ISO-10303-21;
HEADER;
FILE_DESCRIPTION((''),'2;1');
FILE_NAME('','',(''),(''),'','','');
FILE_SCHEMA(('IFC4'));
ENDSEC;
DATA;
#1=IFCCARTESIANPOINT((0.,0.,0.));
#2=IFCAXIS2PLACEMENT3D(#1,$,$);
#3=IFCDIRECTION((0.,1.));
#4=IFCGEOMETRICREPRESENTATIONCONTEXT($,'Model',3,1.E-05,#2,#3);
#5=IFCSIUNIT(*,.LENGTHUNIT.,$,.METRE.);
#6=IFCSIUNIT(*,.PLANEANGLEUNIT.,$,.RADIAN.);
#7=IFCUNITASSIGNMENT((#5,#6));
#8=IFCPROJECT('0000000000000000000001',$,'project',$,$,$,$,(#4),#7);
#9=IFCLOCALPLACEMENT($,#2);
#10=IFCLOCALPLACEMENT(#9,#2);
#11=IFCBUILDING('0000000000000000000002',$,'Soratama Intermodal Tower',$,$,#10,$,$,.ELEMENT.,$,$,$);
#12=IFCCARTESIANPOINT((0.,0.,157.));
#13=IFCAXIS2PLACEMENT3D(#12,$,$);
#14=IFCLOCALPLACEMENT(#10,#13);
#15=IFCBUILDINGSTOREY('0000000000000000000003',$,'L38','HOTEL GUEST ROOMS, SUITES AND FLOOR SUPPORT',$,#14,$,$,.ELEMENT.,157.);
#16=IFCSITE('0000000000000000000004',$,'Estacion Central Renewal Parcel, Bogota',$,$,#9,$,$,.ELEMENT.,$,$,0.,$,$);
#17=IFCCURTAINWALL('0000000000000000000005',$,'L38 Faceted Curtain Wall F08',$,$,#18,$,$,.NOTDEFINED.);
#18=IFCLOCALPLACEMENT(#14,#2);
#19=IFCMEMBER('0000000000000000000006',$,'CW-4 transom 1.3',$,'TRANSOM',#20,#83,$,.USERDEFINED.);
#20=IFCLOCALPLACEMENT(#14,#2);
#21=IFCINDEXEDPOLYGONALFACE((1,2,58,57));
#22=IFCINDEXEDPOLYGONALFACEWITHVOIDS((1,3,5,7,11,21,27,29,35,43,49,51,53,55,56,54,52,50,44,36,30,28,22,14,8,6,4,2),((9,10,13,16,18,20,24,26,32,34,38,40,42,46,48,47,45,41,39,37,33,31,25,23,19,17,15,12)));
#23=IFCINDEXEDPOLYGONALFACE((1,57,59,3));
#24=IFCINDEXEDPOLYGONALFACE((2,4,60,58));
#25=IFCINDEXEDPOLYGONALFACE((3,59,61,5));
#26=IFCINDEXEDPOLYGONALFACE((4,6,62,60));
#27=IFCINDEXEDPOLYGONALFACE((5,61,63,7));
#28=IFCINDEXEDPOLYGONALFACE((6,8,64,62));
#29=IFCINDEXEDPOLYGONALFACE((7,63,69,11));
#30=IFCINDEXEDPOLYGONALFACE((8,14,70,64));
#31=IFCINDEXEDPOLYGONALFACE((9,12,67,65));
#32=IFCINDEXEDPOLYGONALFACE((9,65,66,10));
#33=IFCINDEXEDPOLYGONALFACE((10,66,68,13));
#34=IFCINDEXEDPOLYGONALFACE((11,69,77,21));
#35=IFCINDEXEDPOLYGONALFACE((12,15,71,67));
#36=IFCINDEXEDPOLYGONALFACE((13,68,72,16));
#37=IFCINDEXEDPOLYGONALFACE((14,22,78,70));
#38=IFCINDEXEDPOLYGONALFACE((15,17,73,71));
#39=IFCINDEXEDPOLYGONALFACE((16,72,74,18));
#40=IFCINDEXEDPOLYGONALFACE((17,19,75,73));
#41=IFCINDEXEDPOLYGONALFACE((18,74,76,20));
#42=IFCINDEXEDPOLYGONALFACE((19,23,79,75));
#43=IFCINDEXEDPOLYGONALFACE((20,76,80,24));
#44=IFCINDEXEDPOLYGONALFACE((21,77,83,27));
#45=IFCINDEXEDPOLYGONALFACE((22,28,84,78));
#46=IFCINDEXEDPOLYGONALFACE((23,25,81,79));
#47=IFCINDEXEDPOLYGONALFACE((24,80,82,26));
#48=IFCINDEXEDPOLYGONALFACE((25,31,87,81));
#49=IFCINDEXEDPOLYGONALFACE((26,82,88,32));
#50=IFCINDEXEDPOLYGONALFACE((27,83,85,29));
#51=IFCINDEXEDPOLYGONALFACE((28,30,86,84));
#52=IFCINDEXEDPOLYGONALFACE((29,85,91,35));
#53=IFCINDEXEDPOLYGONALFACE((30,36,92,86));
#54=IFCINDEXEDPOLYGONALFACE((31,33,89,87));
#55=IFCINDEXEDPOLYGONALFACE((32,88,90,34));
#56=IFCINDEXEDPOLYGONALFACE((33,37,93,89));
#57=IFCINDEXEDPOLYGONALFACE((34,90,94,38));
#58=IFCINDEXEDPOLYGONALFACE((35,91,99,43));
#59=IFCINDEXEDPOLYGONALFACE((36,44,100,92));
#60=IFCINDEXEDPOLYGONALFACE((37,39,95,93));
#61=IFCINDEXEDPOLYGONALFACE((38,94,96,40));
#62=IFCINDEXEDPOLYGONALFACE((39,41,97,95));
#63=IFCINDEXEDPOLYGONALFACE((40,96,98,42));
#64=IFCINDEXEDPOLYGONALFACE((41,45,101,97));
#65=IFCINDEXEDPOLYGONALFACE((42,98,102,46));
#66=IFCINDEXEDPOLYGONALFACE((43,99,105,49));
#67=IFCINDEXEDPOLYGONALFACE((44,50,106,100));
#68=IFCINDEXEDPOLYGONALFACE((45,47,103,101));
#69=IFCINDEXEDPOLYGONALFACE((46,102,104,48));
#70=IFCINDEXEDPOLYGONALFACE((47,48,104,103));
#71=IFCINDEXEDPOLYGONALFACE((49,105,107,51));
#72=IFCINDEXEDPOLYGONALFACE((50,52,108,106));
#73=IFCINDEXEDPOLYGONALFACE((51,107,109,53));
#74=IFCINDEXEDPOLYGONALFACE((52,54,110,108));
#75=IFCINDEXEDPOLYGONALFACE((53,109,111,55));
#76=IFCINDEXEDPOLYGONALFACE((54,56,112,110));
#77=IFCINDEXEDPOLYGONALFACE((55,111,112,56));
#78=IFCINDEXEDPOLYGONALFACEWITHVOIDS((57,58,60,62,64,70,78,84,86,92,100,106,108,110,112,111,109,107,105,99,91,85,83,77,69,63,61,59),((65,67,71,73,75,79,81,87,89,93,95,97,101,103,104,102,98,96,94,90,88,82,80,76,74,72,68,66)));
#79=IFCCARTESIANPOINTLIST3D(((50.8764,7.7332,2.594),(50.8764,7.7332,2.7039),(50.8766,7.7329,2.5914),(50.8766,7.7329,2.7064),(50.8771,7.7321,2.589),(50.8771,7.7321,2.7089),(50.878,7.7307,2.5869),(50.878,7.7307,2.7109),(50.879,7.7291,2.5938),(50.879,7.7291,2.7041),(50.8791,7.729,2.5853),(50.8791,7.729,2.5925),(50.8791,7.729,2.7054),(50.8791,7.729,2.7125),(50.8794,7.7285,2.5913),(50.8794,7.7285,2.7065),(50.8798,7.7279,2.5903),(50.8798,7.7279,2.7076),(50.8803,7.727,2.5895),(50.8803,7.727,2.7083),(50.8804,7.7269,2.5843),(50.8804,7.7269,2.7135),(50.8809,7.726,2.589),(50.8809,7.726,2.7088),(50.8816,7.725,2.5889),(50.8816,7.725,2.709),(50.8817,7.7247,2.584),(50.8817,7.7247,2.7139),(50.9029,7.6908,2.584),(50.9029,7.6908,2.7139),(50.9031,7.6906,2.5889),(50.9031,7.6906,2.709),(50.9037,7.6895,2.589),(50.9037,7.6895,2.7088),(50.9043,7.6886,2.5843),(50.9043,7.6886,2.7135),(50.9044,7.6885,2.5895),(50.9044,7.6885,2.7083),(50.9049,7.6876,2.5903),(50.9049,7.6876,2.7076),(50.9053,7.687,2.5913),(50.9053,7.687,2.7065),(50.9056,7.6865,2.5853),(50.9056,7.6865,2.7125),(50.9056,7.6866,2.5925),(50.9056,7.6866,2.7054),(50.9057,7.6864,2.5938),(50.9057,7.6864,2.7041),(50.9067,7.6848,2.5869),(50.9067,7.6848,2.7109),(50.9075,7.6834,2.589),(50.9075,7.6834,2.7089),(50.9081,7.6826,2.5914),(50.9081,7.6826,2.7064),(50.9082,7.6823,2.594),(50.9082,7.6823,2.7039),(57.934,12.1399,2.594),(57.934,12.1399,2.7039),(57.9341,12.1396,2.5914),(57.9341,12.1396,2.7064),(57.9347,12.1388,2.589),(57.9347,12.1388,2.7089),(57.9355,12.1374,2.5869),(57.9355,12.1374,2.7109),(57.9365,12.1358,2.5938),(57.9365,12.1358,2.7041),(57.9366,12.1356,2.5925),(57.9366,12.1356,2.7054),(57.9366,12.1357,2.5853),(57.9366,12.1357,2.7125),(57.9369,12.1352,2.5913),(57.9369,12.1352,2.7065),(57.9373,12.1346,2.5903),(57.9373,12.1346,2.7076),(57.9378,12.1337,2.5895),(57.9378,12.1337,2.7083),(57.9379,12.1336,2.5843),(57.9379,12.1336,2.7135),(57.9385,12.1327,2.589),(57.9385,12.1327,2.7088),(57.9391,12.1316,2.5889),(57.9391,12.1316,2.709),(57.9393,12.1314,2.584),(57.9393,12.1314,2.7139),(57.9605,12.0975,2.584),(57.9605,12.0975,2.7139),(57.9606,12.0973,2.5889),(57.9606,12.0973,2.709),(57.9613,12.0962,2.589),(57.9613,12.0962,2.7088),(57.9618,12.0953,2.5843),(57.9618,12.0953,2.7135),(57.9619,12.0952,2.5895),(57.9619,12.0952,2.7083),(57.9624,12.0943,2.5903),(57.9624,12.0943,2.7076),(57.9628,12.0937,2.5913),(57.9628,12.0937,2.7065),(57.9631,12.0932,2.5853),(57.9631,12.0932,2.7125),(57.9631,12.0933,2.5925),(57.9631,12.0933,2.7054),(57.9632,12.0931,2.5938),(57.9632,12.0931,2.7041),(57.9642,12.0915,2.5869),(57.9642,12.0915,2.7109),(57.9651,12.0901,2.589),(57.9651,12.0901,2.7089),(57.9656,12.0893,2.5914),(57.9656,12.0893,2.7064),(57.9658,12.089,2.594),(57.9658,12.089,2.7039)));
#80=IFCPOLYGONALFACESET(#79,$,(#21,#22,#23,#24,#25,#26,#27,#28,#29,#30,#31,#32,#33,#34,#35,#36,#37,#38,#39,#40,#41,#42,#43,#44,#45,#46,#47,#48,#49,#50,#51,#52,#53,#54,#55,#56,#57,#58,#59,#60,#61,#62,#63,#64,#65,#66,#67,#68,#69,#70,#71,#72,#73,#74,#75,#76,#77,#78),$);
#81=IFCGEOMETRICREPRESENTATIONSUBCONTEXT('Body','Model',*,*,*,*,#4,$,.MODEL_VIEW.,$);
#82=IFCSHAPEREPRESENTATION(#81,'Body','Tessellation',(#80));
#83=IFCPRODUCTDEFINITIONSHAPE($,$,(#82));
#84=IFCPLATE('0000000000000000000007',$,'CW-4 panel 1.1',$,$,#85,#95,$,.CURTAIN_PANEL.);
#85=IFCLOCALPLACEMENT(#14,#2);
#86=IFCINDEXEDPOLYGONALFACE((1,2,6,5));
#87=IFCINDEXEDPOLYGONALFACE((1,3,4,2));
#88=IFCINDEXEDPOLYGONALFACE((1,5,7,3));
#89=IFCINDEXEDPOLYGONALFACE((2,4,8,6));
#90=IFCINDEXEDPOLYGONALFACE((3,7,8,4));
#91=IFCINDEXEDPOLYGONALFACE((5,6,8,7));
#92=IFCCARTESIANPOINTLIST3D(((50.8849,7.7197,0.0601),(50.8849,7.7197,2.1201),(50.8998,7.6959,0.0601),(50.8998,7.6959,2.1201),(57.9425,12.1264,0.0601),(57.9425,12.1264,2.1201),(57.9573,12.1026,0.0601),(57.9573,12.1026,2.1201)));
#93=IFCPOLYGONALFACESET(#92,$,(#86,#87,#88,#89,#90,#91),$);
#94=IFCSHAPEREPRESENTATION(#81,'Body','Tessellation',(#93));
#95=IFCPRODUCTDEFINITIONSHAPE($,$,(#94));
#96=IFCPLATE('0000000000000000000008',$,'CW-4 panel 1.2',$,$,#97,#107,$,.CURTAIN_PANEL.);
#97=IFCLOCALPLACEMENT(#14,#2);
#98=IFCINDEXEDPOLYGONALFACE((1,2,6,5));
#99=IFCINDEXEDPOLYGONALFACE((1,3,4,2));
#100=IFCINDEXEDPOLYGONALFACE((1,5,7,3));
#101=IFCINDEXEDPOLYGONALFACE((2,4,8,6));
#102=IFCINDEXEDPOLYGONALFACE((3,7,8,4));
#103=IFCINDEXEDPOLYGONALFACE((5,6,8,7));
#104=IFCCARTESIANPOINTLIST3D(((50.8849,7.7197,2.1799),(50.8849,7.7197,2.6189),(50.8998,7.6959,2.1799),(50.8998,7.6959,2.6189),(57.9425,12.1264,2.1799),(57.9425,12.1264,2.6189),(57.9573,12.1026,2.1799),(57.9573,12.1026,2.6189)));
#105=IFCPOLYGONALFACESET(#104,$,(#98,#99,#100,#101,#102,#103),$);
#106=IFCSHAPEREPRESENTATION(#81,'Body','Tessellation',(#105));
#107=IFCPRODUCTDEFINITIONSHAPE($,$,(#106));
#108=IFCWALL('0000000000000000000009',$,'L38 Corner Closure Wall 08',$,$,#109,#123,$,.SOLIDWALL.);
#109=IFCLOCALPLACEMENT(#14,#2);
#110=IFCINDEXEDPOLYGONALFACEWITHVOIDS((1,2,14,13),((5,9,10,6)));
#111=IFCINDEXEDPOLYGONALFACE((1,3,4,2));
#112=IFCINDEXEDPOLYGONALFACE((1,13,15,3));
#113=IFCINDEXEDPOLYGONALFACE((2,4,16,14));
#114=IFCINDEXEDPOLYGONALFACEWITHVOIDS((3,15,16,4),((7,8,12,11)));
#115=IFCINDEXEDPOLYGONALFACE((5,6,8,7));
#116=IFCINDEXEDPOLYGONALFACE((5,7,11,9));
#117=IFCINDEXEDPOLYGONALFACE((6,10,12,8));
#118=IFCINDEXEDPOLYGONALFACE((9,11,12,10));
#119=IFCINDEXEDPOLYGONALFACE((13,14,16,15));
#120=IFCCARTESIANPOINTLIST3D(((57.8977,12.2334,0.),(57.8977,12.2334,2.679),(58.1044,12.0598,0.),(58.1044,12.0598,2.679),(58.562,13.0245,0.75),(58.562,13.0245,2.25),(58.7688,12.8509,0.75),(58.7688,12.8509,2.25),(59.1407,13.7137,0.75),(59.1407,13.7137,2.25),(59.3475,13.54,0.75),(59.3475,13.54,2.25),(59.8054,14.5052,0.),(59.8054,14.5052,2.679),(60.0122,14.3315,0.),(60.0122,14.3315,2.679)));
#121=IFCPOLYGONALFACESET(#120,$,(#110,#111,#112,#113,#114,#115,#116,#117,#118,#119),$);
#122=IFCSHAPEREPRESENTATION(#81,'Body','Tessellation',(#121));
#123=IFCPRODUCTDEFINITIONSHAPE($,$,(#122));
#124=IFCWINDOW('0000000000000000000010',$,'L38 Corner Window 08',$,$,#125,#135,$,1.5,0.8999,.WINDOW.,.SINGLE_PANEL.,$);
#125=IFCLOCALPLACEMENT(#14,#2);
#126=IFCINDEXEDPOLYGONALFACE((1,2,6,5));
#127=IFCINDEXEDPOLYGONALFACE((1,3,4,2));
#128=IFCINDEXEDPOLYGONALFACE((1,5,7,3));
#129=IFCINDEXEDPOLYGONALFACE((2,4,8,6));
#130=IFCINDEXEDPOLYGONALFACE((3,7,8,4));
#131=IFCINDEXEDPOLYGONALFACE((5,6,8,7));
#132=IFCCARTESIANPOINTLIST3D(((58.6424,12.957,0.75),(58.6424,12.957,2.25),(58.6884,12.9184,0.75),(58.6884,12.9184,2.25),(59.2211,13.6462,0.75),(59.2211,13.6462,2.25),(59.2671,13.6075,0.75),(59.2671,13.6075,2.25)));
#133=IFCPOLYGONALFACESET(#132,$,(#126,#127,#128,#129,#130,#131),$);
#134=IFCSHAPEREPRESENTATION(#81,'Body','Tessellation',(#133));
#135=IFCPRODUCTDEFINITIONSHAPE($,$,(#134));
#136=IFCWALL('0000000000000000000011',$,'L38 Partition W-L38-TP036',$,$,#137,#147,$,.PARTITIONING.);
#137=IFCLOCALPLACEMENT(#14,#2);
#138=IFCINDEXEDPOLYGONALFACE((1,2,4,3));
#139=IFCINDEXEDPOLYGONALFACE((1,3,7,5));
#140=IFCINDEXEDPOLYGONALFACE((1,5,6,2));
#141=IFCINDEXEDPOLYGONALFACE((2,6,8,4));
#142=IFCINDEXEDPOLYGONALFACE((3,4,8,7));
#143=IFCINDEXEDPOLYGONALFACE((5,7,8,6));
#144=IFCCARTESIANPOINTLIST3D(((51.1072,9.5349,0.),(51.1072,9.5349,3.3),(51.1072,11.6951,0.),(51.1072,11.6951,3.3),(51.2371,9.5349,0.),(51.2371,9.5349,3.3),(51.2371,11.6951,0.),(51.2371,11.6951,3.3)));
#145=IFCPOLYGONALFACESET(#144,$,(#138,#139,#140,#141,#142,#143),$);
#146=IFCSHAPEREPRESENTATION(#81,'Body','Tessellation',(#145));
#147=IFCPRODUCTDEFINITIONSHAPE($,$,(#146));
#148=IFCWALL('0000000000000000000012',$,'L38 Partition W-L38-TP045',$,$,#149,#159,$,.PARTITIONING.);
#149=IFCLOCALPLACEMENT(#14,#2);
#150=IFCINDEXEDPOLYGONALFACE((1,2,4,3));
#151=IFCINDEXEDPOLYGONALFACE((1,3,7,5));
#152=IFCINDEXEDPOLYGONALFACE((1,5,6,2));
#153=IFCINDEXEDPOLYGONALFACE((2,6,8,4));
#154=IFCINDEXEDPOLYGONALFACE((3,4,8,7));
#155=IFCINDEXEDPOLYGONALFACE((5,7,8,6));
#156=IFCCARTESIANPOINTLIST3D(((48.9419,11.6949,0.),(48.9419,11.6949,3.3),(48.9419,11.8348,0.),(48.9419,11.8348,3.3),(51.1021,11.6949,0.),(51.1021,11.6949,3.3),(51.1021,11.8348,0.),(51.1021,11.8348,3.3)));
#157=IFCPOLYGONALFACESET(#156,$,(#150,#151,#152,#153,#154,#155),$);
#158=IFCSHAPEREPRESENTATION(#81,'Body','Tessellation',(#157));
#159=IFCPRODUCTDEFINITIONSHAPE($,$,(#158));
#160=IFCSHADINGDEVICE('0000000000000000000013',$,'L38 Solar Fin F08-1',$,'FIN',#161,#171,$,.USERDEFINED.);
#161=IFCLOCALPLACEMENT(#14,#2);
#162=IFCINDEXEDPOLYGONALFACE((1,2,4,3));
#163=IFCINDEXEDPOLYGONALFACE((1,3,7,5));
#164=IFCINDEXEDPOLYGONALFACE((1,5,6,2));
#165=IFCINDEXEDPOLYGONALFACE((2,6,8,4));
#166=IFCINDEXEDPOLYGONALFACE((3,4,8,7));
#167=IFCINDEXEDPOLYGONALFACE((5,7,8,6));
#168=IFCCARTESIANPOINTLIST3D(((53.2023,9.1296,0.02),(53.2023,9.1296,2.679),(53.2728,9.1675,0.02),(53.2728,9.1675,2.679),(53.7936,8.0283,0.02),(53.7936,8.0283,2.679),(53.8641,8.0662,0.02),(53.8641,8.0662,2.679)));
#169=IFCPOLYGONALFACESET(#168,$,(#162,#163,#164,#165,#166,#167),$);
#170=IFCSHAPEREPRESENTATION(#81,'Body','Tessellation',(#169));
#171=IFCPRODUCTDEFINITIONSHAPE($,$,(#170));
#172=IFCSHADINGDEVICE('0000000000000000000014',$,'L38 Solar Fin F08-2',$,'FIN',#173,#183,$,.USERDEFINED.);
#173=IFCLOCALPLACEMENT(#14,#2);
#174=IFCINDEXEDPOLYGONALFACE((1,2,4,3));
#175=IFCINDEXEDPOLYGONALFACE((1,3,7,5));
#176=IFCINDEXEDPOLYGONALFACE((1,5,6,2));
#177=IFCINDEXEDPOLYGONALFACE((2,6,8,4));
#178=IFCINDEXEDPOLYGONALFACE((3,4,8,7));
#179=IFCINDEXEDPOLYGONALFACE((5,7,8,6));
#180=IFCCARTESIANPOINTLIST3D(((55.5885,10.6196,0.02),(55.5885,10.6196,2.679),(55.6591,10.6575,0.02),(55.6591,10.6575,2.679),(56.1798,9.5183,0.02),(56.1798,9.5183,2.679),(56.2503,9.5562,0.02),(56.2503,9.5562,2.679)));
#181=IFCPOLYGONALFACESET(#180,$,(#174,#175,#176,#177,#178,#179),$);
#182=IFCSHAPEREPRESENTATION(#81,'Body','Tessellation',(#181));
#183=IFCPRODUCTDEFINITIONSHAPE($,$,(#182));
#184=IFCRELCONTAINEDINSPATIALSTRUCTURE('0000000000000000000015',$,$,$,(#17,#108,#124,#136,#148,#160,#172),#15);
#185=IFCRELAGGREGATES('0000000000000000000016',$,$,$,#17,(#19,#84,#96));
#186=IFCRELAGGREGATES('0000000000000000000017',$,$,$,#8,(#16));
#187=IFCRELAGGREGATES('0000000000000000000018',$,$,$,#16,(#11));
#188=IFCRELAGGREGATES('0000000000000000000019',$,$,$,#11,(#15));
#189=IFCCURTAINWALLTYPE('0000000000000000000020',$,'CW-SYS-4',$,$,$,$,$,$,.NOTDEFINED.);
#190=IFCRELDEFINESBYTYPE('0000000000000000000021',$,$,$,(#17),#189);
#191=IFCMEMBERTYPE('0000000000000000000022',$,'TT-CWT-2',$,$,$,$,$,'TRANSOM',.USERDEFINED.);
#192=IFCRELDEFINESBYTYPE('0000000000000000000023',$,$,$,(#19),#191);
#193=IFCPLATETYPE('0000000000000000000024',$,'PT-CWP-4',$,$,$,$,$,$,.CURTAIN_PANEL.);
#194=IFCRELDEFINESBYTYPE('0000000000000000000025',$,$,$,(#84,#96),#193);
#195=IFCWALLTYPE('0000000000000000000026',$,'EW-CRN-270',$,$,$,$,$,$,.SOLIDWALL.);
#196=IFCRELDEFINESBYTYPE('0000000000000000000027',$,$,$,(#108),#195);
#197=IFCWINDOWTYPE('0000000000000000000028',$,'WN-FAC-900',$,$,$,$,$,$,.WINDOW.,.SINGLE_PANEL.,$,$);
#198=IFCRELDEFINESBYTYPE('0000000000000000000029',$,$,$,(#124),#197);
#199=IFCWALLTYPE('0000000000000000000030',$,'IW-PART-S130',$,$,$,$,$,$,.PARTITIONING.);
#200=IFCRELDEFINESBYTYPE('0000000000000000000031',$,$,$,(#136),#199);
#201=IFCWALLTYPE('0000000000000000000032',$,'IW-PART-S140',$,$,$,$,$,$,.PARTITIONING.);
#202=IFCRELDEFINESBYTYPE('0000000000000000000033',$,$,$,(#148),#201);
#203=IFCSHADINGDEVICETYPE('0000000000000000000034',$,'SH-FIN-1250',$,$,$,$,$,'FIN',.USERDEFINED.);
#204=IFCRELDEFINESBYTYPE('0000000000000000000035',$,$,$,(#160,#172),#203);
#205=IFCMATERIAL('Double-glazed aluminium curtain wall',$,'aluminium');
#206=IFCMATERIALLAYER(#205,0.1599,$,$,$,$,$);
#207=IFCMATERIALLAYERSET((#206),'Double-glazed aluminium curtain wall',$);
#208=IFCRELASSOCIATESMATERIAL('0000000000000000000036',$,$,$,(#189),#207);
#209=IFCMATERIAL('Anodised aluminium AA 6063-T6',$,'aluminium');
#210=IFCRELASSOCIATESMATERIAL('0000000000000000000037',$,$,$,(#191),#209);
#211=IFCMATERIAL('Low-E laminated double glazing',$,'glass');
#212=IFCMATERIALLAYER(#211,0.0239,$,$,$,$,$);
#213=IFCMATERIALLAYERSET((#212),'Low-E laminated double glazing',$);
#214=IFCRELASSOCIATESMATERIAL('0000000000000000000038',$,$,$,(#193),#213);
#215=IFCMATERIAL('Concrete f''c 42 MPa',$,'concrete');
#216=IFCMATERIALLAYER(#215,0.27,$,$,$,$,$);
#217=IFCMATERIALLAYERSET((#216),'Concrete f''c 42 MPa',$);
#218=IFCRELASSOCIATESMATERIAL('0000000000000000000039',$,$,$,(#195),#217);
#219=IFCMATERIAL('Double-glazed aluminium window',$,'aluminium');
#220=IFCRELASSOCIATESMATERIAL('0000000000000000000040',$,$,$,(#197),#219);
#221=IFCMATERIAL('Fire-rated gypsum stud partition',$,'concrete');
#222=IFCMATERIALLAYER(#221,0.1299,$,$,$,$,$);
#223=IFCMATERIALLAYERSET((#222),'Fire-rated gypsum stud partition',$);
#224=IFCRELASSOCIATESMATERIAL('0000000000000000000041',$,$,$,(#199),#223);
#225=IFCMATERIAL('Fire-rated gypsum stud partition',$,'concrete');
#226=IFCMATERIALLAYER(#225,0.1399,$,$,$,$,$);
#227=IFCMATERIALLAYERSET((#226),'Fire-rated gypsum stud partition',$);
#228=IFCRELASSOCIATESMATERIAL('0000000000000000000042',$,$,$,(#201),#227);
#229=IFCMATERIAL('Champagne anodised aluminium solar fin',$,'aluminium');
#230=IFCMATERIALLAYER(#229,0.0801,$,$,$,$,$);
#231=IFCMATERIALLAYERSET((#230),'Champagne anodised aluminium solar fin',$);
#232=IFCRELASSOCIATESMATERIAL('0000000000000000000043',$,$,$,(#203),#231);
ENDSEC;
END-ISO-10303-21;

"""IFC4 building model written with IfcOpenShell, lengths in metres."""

from ifc_helpers import new_model, si_unit, direction, frame, frame_2d, origin, origin_2d, place, context, subcontext, project, spatial, rectangle, hollow_rectangle, extrude, material, layer, layer_set, material_profile, profile_set, type_object, element, fill, aggregate, save


model = new_model("IFC4")

# Units and contexts
model_context = context("Model", 3, precision=1e-05, world=origin(), true_north=direction((0.0, 1.0)))
body_context = subcontext(model_context, "Body", "Model", "MODEL_VIEW")
ifc_project = project(units=[si_unit("LENGTHUNIT", "METRE"), si_unit("PLANEANGLEUNIT", "RADIAN")], contexts=[model_context])

# Site, building, storey
site_placement = place(None, origin())
site = spatial("IfcSite", under=ifc_project, at=site_placement, Name="Estacion Central Renewal Parcel, Bogota", CompositionType="ELEMENT", RefElevation=0.0)
building_placement = place(site_placement, origin())
building = spatial("IfcBuilding", under=site, at=building_placement, Name="Soratama Intermodal Tower", CompositionType="ELEMENT")
storey_placement = place(building_placement, frame((0.0, 0.0, 157.0)))
storey = spatial("IfcBuildingStorey", under=building, at=storey_placement, Name="L38", Description="HOTEL GUEST ROOMS, SUITES AND FLOOR SUPPORT", CompositionType="ELEMENT", Elevation=157.0)

# Curtain wall, member, plates
ifc_material_1 = material(Name="Double-glazed aluminium curtain wall", Category="aluminium")
ifc_layer_1 = layer(ifc_material_1, 0.1599)
ifc_layer_set_1 = layer_set([ifc_layer_1], Name="Double-glazed aluminium curtain wall")
curtain_wall_type = type_object("IfcCurtainWallType", Name="CW-SYS-4", PredefinedType="NOTDEFINED", material=ifc_layer_set_1)
curtain_wall_placement = place(storey_placement, origin())
curtain_wall = element("IfcCurtainWall", 1, at=curtain_wall_placement, inside=storey, type_object=curtain_wall_type, Name="L38 Faceted Curtain Wall F08", PredefinedType="NOTDEFINED")
ifc_material_2 = material(Name="Anodised aluminium AA 6063-T6", Category="aluminium")
ifc_material_profile_1 = material_profile(ifc_material_2, hollow_rectangle(XDim=0.0601, YDim=0.1299, WallThickness=0.0049, InnerFilletRadius=0.0049, OuterFilletRadius=0.01, at=origin_2d()), Name="CWT130X60X5")
ifc_profile_set_1 = profile_set([ifc_material_profile_1], Name="Anodised aluminium AA 6063-T6")
member_type_1 = type_object("IfcMemberType", Name="TT-CWT-2", ElementType="TRANSOM", PredefinedType="USERDEFINED", material=ifc_profile_set_1)
member_1_placement = place(storey_placement, frame((50.8923, 7.7078, 2.6489), z_axis=(0.848229, 0.52963, 0.0), x_axis=(-0.52963, 0.848229, 0.0)))
member_1 = element("IfcMember", 2, at=member_1_placement, type_object=member_type_1, Name="CW-4 transom 1.3", ObjectType="TRANSOM", PredefinedType="USERDEFINED", context=body_context, shape_type="SweptSolid", body=[
    extrude(hollow_rectangle(XDim=0.0601, YDim=0.1299, WallThickness=0.0049, InnerFilletRadius=0.0049, OuterFilletRadius=0.01, at=origin_2d()), origin(), (0.0, 0.0, 1.0), 8.3203),
])
ifc_material_3 = material(Name="Low-E laminated double glazing", Category="glass")
ifc_layer_2 = layer(ifc_material_3, 0.0239)
ifc_layer_set_2 = layer_set([ifc_layer_2], Name="Low-E laminated double glazing")
plate_type = type_object("IfcPlateType", Name="PT-CWP-4", PredefinedType="CURTAIN_PANEL", material=ifc_layer_set_2)
plate_1_placement = place(storey_placement, frame((54.4211, 9.9111, 0.0601), z_axis=(0.0, 0.0, 1.0), x_axis=(0.848229, 0.52963, 0.0)))
plate_1 = element("IfcPlate", 3, at=plate_1_placement, type_object=plate_type, Name="CW-4 panel 1.1", PredefinedType="CURTAIN_PANEL", context=body_context, shape_type="SweptSolid", body=[
    extrude(rectangle(XDim=8.3203, YDim=0.0281, at=origin_2d()), origin(), (0.0, 0.0, 1.0), 2.0601),
])
plate_2_placement = place(storey_placement, frame((54.4211, 9.9111, 2.1799), z_axis=(0.0, 0.0, 1.0), x_axis=(0.848229, 0.52963, 0.0)))
plate_2 = element("IfcPlate", 4, at=plate_2_placement, type_object=plate_type, Name="CW-4 panel 1.2", PredefinedType="CURTAIN_PANEL", context=body_context, shape_type="SweptSolid", body=[
    extrude(rectangle(XDim=8.3203, YDim=0.0281, at=origin_2d()), origin(), (0.0, 0.0, 1.0), 0.439),
])
aggregate(curtain_wall, [member_1, plate_1, plate_2])

# Wall, opening, window
ifc_material_4 = material(Name="Concrete f'c 42 MPa", Category="concrete")
ifc_layer_3 = layer(ifc_material_4, 0.27)
ifc_layer_set_3 = layer_set([ifc_layer_3], Name="Concrete f'c 42 MPa")
wall_type_1 = type_object("IfcWallType", Name="EW-CRN-270", PredefinedType="SOLIDWALL", material=ifc_layer_set_3)
wall_1_placement = place(storey_placement, frame((58.001, 12.1465, 0.0), z_axis=(0.0, 0.0, 1.0), x_axis=(0.643086, 0.765794, 0.0)))
wall_1 = element("IfcWall", 5, at=wall_1_placement, inside=storey, type_object=wall_type_1, Name="L38 Corner Closure Wall 08", PredefinedType="SOLIDWALL", context=body_context, shape_type="SweptSolid", body=[
    extrude(rectangle(XDim=2.9666, YDim=0.27, at=frame_2d((1.4834, 0.0))), origin(), (0.0, 0.0, 1.0), 2.679),
])
opening_placement = place(wall_1_placement, frame((1.0332, 0.0, 0.75)))
opening = element("IfcOpeningElement", 6, at=opening_placement, cuts=wall_1, PredefinedType="OPENING", context=body_context, shape_type="SweptSolid", body=[
    extrude(rectangle(XDim=0.8999, YDim=1.5, at=frame_2d((0.45, 0.75))), frame((0.0, 0.145, 0.0), z_axis=(0.0, -1.0, 0.0), x_axis=(1.0, 0.0, 0.0)), (0.0, 0.0, 1.0), 0.29),
])
ifc_material_5 = material(Name="Double-glazed aluminium window", Category="aluminium")
window_type = type_object("IfcWindowType", Name="WN-FAC-900", PartitioningType="SINGLE_PANEL", PredefinedType="WINDOW", material=ifc_material_5)
window_placement = place(opening_placement, origin())
window = element("IfcWindow", 7, at=window_placement, inside=storey, type_object=window_type, Name="L38 Corner Window 08", OverallHeight=1.5, OverallWidth=0.8999, PartitioningType="SINGLE_PANEL", PredefinedType="WINDOW", context=body_context, shape_type="SweptSolid", body=[
    extrude(rectangle(XDim=0.8999, YDim=1.5, at=frame_2d((0.45, 0.75))), frame((0.0, 0.03, 0.0), z_axis=(0.0, -1.0, 0.0), x_axis=(1.0, 0.0, 0.0)), (0.0, 0.0, 1.0), 0.0601),
])
fill(opening, window)

# Walls
ifc_material_6 = material(Name="Fire-rated gypsum stud partition", Category="concrete")
ifc_layer_4 = layer(ifc_material_6, 0.1299)
ifc_layer_set_4 = layer_set([ifc_layer_4], Name="Fire-rated gypsum stud partition")
wall_type_2 = type_object("IfcWallType", Name="IW-PART-S130", PredefinedType="PARTITIONING", material=ifc_layer_set_4)
wall_2_placement = place(storey_placement, frame((51.1721, 9.5349, 0.0), z_axis=(0.0, 0.0, 1.0), x_axis=(0.0, 1.0, 0.0)))
element("IfcWall", 8, at=wall_2_placement, inside=storey, type_object=wall_type_2, Name="L38 Partition W-L38-TP036", PredefinedType="PARTITIONING", context=body_context, shape_type="SweptSolid", body=[
    extrude(rectangle(XDim=2.1602, YDim=0.1299, at=frame_2d((1.0801, 0.0))), origin(), (0.0, 0.0, 1.0), 3.3),
])
ifc_material_7 = material(Name="Fire-rated gypsum stud partition", Category="concrete")
ifc_layer_5 = layer(ifc_material_7, 0.1399)
ifc_layer_set_5 = layer_set([ifc_layer_5], Name="Fire-rated gypsum stud partition")
wall_type_3 = type_object("IfcWallType", Name="IW-PART-S140", PredefinedType="PARTITIONING", material=ifc_layer_set_5)
wall_3_placement = place(storey_placement, frame((51.1021, 11.7649, 0.0), z_axis=(0.0, 0.0, 1.0), x_axis=(-1.0, 0.0, 0.0)))
element("IfcWall", 9, at=wall_3_placement, inside=storey, type_object=wall_type_3, Name="L38 Partition W-L38-TP045", PredefinedType="PARTITIONING", context=body_context, shape_type="SweptSolid", body=[
    extrude(rectangle(XDim=2.1602, YDim=0.1399, at=frame_2d((1.0801, 0.0))), origin(), (0.0, 0.0, 1.0), 3.3),
])

# Shading devices
ifc_material_8 = material(Name="Champagne anodised aluminium solar fin", Category="aluminium")
ifc_layer_6 = layer(ifc_material_8, 0.0801)
ifc_layer_set_6 = layer_set([ifc_layer_6], Name="Champagne anodised aluminium solar fin")
shading_device_type = type_object("IfcShadingDeviceType", Name="SH-FIN-1250", ElementType="FIN", PredefinedType="USERDEFINED", material=ifc_layer_set_6)
for number, where, z_axis, x_axis, name in (
    (10, (53.5332, 8.5979, 0.02), (0.0, 0.0, 1.0), (0.473012, -0.881056, 0.0), "L38 Solar Fin F08-1"),
    (11, (55.9194, 10.0879, 0.02), (0.0, 0.0, 1.0), (0.473012, -0.881056, 0.0), "L38 Solar Fin F08-2"),
):
    element("IfcShadingDevice", number, at=place(storey_placement, frame(where, z_axis=z_axis, x_axis=x_axis)), inside=storey, type_object=shading_device_type, Name=name, ObjectType="FIN", PredefinedType="USERDEFINED", context=body_context, shape_type="SweptSolid", body=[
        extrude(rectangle(XDim=1.25, YDim=0.0801, at=origin_2d()), origin(), (0.0, 0.0, 1.0), 2.6589),
    ])

save(model, "model.ifc")
